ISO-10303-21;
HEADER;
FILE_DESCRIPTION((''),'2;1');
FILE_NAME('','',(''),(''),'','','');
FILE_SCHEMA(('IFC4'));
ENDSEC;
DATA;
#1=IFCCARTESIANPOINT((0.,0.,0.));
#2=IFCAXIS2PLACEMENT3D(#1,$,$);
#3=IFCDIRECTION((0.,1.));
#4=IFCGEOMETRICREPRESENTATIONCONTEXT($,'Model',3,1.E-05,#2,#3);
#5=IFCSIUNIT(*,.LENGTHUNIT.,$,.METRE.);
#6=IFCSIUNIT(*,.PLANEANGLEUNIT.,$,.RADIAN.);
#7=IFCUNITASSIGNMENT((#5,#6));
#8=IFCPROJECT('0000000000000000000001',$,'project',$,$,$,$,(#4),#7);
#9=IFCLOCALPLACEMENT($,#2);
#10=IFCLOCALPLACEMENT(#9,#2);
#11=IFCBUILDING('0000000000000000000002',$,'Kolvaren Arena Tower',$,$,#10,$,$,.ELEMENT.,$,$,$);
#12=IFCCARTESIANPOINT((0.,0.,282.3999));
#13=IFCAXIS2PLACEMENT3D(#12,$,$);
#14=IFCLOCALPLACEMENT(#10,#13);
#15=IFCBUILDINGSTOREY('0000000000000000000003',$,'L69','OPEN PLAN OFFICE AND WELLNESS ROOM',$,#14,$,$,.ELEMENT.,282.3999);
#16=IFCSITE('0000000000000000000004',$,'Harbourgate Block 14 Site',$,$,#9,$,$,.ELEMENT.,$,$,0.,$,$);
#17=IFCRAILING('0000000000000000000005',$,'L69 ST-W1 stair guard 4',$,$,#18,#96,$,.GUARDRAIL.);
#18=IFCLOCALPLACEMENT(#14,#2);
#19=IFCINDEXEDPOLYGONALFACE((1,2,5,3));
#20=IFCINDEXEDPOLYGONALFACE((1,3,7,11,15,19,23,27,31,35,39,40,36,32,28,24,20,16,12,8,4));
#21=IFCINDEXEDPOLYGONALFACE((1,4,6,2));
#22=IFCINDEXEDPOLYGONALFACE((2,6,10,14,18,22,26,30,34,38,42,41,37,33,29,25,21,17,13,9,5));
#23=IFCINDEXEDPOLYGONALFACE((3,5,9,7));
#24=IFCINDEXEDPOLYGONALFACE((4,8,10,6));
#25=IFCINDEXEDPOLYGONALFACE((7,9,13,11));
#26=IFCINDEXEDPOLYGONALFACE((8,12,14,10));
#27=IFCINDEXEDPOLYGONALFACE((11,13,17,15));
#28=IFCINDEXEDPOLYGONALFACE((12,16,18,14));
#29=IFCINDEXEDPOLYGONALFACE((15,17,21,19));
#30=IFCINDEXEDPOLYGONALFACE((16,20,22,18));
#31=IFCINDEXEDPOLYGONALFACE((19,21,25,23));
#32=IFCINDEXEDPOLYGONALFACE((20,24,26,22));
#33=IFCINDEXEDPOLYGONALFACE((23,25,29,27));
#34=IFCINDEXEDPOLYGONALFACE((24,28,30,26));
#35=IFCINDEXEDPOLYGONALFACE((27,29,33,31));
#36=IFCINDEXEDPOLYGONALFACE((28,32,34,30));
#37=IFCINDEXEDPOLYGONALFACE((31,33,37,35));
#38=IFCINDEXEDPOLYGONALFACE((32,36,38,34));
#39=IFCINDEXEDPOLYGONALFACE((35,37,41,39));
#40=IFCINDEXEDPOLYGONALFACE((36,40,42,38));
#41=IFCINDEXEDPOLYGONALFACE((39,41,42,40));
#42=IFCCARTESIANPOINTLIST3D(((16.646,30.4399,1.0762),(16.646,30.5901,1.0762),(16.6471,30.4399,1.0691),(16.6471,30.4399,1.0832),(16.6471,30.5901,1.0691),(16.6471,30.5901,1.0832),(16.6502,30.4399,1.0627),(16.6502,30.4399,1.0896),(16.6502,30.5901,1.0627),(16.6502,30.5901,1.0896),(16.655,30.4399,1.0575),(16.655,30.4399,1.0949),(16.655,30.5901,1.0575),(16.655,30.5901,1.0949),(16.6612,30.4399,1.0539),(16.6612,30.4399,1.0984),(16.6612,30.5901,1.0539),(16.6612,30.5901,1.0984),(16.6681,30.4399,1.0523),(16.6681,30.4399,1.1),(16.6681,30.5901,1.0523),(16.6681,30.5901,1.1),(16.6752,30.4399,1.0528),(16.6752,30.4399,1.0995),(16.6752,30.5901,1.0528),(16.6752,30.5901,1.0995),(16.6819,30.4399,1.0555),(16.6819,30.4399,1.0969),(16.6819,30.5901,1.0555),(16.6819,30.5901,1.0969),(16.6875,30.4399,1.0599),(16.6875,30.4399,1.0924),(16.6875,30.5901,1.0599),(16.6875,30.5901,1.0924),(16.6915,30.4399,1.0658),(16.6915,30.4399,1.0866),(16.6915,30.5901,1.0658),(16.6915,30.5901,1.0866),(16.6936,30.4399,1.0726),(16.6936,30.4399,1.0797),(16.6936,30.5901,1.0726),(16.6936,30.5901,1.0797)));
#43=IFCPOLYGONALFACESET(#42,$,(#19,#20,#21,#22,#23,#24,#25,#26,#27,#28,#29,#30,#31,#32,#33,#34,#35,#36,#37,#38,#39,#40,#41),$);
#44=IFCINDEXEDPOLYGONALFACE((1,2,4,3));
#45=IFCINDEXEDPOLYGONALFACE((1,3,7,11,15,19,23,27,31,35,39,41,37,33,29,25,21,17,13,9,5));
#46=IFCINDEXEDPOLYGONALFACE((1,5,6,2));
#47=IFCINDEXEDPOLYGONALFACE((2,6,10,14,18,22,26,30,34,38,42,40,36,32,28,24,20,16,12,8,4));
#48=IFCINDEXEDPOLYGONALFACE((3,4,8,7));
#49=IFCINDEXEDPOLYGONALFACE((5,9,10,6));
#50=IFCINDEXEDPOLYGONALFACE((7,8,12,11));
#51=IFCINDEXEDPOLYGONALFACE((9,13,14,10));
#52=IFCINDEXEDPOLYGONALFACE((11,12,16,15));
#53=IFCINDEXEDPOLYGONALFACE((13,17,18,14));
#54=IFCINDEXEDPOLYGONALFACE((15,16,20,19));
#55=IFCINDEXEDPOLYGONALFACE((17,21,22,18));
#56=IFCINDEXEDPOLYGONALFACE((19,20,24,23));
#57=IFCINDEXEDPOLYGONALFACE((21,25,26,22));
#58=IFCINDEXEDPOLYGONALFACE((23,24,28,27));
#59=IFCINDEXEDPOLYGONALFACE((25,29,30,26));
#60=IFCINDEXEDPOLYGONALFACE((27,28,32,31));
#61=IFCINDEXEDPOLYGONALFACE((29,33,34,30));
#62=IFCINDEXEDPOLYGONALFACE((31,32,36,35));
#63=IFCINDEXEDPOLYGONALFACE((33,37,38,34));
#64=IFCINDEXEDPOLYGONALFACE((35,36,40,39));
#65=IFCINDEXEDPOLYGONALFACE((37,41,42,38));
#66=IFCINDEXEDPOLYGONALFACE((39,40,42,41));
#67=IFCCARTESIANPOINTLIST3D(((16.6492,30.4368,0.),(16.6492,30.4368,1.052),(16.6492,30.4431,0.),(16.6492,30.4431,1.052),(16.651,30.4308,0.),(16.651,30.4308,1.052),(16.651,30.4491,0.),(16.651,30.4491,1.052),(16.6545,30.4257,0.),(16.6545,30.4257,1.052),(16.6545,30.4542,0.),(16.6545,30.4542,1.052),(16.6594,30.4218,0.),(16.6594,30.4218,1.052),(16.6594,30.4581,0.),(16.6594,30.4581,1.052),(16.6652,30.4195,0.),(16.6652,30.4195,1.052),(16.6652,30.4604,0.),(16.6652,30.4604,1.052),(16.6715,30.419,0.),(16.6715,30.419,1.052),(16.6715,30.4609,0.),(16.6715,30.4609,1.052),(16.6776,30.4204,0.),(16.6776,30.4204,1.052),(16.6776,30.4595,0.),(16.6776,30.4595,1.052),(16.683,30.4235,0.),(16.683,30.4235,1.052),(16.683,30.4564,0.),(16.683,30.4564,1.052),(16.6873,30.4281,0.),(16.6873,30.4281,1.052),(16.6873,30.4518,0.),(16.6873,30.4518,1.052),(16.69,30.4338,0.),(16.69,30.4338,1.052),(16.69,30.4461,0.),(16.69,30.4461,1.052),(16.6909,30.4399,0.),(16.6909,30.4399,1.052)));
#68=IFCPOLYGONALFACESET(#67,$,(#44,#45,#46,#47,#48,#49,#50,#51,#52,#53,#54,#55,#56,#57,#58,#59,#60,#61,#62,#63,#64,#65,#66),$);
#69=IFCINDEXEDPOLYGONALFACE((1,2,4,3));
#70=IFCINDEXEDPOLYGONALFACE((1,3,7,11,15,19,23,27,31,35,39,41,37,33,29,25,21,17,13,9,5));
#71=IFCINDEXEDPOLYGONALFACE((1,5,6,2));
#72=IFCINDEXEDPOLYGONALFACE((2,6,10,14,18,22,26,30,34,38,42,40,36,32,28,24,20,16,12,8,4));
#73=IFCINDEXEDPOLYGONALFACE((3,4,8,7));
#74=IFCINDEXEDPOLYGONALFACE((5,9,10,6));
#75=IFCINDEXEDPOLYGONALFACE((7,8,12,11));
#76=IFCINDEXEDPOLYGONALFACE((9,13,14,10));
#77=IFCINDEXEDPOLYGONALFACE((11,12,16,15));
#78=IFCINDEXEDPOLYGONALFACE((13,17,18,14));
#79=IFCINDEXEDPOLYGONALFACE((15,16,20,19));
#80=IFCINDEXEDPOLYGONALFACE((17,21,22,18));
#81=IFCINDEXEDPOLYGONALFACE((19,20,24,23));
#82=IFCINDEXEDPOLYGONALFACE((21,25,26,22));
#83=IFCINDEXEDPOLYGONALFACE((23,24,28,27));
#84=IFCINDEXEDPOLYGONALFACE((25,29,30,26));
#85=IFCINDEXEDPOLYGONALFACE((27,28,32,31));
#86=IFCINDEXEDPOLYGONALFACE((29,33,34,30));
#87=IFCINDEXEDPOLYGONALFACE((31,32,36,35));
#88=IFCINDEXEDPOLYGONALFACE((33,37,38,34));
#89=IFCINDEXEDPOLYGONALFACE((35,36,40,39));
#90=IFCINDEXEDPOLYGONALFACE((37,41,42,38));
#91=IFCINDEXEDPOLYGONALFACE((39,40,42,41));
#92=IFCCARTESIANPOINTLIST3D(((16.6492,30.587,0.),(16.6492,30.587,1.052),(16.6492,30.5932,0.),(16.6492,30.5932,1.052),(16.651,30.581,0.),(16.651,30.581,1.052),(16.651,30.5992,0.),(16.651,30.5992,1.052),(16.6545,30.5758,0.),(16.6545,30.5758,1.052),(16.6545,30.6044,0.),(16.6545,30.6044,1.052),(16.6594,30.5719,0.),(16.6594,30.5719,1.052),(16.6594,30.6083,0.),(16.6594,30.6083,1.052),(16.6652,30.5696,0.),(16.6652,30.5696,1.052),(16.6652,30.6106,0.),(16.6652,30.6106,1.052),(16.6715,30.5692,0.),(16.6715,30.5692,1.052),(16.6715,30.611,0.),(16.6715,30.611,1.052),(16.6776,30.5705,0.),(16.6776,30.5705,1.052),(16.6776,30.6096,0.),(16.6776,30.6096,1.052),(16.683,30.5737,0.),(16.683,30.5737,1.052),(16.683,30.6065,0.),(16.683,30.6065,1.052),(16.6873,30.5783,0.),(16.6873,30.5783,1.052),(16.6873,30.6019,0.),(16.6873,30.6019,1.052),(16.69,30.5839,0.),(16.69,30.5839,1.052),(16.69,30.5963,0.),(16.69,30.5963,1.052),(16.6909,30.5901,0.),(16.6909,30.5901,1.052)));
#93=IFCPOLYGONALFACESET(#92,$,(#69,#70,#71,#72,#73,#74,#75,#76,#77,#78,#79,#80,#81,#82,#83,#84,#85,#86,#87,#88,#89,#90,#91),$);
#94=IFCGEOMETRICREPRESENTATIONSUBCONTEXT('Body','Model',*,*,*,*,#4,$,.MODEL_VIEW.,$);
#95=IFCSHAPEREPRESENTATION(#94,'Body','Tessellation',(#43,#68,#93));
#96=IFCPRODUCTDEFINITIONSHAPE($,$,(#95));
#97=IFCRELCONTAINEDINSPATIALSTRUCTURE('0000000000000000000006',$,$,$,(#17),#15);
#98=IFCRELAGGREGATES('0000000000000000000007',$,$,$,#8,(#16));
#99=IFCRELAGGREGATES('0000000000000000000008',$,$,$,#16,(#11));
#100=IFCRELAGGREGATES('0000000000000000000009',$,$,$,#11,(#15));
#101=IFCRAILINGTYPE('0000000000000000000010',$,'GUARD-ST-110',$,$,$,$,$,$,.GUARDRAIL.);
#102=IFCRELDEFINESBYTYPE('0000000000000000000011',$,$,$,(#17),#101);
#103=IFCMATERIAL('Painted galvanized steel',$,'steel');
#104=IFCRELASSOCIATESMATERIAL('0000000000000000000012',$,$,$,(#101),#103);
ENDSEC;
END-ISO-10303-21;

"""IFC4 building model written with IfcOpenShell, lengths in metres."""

from ifc_helpers import new_model, si_unit, direction, frame, origin, origin_2d, place, context, subcontext, project, spatial, circle, extrude, material, type_object, element, save


model = new_model("IFC4")

# Units and contexts
model_context = context("Model", 3, precision=1e-05, world=origin(), true_north=direction((0.0, 1.0)))
body_context = subcontext(model_context, "Body", "Model", "MODEL_VIEW")
ifc_project = project(units=[si_unit("LENGTHUNIT", "METRE"), si_unit("PLANEANGLEUNIT", "RADIAN")], contexts=[model_context])

# Site, building, storey
site_placement = place(None, origin())
site = spatial("IfcSite", under=ifc_project, at=site_placement, Name="Harbourgate Block 14 Site", CompositionType="ELEMENT", RefElevation=0.0)
building_placement = place(site_placement, origin())
building = spatial("IfcBuilding", under=site, at=building_placement, Name="Kolvaren Arena Tower", CompositionType="ELEMENT")
storey_placement = place(building_placement, frame((0.0, 0.0, 282.3999)))
storey = spatial("IfcBuildingStorey", under=building, at=storey_placement, Name="L69", Description="OPEN PLAN OFFICE AND WELLNESS ROOM", CompositionType="ELEMENT", Elevation=282.3999)

# Railing
ifc_material_1 = material(Name="Painted galvanized steel", Category="steel")
railing_type_1 = type_object("IfcRailingType", Name="GUARD-ST-110", PredefinedType="GUARDRAIL", material=ifc_material_1)
railing_1_placement = place(storey_placement, frame((16.6699, 30.4399, 0.0)))
element("IfcRailing", 1, at=railing_1_placement, inside=storey, type_object=railing_type_1, Name="L69 ST-W1 stair guard 4", PredefinedType="GUARDRAIL", context=body_context, shape_type="SweptSolid", body=[
    extrude(circle(Radius=0.0239, at=origin_2d()), frame((0.0, 0.0, 1.0762), z_axis=(0.0, 1.0, 0.0), x_axis=(-1.0, 0.0, 0.0)), (0.0, 0.0, 1.0), 0.1501),
    extrude(circle(Radius=0.021, at=origin_2d()), origin(), (0.0, 0.0, 1.0), 1.052),
    extrude(circle(Radius=0.021, at=origin_2d()), frame((0.0, 0.1501, 0.0)), (0.0, 0.0, 1.0), 1.052),
])

save(model, "model.ifc")
